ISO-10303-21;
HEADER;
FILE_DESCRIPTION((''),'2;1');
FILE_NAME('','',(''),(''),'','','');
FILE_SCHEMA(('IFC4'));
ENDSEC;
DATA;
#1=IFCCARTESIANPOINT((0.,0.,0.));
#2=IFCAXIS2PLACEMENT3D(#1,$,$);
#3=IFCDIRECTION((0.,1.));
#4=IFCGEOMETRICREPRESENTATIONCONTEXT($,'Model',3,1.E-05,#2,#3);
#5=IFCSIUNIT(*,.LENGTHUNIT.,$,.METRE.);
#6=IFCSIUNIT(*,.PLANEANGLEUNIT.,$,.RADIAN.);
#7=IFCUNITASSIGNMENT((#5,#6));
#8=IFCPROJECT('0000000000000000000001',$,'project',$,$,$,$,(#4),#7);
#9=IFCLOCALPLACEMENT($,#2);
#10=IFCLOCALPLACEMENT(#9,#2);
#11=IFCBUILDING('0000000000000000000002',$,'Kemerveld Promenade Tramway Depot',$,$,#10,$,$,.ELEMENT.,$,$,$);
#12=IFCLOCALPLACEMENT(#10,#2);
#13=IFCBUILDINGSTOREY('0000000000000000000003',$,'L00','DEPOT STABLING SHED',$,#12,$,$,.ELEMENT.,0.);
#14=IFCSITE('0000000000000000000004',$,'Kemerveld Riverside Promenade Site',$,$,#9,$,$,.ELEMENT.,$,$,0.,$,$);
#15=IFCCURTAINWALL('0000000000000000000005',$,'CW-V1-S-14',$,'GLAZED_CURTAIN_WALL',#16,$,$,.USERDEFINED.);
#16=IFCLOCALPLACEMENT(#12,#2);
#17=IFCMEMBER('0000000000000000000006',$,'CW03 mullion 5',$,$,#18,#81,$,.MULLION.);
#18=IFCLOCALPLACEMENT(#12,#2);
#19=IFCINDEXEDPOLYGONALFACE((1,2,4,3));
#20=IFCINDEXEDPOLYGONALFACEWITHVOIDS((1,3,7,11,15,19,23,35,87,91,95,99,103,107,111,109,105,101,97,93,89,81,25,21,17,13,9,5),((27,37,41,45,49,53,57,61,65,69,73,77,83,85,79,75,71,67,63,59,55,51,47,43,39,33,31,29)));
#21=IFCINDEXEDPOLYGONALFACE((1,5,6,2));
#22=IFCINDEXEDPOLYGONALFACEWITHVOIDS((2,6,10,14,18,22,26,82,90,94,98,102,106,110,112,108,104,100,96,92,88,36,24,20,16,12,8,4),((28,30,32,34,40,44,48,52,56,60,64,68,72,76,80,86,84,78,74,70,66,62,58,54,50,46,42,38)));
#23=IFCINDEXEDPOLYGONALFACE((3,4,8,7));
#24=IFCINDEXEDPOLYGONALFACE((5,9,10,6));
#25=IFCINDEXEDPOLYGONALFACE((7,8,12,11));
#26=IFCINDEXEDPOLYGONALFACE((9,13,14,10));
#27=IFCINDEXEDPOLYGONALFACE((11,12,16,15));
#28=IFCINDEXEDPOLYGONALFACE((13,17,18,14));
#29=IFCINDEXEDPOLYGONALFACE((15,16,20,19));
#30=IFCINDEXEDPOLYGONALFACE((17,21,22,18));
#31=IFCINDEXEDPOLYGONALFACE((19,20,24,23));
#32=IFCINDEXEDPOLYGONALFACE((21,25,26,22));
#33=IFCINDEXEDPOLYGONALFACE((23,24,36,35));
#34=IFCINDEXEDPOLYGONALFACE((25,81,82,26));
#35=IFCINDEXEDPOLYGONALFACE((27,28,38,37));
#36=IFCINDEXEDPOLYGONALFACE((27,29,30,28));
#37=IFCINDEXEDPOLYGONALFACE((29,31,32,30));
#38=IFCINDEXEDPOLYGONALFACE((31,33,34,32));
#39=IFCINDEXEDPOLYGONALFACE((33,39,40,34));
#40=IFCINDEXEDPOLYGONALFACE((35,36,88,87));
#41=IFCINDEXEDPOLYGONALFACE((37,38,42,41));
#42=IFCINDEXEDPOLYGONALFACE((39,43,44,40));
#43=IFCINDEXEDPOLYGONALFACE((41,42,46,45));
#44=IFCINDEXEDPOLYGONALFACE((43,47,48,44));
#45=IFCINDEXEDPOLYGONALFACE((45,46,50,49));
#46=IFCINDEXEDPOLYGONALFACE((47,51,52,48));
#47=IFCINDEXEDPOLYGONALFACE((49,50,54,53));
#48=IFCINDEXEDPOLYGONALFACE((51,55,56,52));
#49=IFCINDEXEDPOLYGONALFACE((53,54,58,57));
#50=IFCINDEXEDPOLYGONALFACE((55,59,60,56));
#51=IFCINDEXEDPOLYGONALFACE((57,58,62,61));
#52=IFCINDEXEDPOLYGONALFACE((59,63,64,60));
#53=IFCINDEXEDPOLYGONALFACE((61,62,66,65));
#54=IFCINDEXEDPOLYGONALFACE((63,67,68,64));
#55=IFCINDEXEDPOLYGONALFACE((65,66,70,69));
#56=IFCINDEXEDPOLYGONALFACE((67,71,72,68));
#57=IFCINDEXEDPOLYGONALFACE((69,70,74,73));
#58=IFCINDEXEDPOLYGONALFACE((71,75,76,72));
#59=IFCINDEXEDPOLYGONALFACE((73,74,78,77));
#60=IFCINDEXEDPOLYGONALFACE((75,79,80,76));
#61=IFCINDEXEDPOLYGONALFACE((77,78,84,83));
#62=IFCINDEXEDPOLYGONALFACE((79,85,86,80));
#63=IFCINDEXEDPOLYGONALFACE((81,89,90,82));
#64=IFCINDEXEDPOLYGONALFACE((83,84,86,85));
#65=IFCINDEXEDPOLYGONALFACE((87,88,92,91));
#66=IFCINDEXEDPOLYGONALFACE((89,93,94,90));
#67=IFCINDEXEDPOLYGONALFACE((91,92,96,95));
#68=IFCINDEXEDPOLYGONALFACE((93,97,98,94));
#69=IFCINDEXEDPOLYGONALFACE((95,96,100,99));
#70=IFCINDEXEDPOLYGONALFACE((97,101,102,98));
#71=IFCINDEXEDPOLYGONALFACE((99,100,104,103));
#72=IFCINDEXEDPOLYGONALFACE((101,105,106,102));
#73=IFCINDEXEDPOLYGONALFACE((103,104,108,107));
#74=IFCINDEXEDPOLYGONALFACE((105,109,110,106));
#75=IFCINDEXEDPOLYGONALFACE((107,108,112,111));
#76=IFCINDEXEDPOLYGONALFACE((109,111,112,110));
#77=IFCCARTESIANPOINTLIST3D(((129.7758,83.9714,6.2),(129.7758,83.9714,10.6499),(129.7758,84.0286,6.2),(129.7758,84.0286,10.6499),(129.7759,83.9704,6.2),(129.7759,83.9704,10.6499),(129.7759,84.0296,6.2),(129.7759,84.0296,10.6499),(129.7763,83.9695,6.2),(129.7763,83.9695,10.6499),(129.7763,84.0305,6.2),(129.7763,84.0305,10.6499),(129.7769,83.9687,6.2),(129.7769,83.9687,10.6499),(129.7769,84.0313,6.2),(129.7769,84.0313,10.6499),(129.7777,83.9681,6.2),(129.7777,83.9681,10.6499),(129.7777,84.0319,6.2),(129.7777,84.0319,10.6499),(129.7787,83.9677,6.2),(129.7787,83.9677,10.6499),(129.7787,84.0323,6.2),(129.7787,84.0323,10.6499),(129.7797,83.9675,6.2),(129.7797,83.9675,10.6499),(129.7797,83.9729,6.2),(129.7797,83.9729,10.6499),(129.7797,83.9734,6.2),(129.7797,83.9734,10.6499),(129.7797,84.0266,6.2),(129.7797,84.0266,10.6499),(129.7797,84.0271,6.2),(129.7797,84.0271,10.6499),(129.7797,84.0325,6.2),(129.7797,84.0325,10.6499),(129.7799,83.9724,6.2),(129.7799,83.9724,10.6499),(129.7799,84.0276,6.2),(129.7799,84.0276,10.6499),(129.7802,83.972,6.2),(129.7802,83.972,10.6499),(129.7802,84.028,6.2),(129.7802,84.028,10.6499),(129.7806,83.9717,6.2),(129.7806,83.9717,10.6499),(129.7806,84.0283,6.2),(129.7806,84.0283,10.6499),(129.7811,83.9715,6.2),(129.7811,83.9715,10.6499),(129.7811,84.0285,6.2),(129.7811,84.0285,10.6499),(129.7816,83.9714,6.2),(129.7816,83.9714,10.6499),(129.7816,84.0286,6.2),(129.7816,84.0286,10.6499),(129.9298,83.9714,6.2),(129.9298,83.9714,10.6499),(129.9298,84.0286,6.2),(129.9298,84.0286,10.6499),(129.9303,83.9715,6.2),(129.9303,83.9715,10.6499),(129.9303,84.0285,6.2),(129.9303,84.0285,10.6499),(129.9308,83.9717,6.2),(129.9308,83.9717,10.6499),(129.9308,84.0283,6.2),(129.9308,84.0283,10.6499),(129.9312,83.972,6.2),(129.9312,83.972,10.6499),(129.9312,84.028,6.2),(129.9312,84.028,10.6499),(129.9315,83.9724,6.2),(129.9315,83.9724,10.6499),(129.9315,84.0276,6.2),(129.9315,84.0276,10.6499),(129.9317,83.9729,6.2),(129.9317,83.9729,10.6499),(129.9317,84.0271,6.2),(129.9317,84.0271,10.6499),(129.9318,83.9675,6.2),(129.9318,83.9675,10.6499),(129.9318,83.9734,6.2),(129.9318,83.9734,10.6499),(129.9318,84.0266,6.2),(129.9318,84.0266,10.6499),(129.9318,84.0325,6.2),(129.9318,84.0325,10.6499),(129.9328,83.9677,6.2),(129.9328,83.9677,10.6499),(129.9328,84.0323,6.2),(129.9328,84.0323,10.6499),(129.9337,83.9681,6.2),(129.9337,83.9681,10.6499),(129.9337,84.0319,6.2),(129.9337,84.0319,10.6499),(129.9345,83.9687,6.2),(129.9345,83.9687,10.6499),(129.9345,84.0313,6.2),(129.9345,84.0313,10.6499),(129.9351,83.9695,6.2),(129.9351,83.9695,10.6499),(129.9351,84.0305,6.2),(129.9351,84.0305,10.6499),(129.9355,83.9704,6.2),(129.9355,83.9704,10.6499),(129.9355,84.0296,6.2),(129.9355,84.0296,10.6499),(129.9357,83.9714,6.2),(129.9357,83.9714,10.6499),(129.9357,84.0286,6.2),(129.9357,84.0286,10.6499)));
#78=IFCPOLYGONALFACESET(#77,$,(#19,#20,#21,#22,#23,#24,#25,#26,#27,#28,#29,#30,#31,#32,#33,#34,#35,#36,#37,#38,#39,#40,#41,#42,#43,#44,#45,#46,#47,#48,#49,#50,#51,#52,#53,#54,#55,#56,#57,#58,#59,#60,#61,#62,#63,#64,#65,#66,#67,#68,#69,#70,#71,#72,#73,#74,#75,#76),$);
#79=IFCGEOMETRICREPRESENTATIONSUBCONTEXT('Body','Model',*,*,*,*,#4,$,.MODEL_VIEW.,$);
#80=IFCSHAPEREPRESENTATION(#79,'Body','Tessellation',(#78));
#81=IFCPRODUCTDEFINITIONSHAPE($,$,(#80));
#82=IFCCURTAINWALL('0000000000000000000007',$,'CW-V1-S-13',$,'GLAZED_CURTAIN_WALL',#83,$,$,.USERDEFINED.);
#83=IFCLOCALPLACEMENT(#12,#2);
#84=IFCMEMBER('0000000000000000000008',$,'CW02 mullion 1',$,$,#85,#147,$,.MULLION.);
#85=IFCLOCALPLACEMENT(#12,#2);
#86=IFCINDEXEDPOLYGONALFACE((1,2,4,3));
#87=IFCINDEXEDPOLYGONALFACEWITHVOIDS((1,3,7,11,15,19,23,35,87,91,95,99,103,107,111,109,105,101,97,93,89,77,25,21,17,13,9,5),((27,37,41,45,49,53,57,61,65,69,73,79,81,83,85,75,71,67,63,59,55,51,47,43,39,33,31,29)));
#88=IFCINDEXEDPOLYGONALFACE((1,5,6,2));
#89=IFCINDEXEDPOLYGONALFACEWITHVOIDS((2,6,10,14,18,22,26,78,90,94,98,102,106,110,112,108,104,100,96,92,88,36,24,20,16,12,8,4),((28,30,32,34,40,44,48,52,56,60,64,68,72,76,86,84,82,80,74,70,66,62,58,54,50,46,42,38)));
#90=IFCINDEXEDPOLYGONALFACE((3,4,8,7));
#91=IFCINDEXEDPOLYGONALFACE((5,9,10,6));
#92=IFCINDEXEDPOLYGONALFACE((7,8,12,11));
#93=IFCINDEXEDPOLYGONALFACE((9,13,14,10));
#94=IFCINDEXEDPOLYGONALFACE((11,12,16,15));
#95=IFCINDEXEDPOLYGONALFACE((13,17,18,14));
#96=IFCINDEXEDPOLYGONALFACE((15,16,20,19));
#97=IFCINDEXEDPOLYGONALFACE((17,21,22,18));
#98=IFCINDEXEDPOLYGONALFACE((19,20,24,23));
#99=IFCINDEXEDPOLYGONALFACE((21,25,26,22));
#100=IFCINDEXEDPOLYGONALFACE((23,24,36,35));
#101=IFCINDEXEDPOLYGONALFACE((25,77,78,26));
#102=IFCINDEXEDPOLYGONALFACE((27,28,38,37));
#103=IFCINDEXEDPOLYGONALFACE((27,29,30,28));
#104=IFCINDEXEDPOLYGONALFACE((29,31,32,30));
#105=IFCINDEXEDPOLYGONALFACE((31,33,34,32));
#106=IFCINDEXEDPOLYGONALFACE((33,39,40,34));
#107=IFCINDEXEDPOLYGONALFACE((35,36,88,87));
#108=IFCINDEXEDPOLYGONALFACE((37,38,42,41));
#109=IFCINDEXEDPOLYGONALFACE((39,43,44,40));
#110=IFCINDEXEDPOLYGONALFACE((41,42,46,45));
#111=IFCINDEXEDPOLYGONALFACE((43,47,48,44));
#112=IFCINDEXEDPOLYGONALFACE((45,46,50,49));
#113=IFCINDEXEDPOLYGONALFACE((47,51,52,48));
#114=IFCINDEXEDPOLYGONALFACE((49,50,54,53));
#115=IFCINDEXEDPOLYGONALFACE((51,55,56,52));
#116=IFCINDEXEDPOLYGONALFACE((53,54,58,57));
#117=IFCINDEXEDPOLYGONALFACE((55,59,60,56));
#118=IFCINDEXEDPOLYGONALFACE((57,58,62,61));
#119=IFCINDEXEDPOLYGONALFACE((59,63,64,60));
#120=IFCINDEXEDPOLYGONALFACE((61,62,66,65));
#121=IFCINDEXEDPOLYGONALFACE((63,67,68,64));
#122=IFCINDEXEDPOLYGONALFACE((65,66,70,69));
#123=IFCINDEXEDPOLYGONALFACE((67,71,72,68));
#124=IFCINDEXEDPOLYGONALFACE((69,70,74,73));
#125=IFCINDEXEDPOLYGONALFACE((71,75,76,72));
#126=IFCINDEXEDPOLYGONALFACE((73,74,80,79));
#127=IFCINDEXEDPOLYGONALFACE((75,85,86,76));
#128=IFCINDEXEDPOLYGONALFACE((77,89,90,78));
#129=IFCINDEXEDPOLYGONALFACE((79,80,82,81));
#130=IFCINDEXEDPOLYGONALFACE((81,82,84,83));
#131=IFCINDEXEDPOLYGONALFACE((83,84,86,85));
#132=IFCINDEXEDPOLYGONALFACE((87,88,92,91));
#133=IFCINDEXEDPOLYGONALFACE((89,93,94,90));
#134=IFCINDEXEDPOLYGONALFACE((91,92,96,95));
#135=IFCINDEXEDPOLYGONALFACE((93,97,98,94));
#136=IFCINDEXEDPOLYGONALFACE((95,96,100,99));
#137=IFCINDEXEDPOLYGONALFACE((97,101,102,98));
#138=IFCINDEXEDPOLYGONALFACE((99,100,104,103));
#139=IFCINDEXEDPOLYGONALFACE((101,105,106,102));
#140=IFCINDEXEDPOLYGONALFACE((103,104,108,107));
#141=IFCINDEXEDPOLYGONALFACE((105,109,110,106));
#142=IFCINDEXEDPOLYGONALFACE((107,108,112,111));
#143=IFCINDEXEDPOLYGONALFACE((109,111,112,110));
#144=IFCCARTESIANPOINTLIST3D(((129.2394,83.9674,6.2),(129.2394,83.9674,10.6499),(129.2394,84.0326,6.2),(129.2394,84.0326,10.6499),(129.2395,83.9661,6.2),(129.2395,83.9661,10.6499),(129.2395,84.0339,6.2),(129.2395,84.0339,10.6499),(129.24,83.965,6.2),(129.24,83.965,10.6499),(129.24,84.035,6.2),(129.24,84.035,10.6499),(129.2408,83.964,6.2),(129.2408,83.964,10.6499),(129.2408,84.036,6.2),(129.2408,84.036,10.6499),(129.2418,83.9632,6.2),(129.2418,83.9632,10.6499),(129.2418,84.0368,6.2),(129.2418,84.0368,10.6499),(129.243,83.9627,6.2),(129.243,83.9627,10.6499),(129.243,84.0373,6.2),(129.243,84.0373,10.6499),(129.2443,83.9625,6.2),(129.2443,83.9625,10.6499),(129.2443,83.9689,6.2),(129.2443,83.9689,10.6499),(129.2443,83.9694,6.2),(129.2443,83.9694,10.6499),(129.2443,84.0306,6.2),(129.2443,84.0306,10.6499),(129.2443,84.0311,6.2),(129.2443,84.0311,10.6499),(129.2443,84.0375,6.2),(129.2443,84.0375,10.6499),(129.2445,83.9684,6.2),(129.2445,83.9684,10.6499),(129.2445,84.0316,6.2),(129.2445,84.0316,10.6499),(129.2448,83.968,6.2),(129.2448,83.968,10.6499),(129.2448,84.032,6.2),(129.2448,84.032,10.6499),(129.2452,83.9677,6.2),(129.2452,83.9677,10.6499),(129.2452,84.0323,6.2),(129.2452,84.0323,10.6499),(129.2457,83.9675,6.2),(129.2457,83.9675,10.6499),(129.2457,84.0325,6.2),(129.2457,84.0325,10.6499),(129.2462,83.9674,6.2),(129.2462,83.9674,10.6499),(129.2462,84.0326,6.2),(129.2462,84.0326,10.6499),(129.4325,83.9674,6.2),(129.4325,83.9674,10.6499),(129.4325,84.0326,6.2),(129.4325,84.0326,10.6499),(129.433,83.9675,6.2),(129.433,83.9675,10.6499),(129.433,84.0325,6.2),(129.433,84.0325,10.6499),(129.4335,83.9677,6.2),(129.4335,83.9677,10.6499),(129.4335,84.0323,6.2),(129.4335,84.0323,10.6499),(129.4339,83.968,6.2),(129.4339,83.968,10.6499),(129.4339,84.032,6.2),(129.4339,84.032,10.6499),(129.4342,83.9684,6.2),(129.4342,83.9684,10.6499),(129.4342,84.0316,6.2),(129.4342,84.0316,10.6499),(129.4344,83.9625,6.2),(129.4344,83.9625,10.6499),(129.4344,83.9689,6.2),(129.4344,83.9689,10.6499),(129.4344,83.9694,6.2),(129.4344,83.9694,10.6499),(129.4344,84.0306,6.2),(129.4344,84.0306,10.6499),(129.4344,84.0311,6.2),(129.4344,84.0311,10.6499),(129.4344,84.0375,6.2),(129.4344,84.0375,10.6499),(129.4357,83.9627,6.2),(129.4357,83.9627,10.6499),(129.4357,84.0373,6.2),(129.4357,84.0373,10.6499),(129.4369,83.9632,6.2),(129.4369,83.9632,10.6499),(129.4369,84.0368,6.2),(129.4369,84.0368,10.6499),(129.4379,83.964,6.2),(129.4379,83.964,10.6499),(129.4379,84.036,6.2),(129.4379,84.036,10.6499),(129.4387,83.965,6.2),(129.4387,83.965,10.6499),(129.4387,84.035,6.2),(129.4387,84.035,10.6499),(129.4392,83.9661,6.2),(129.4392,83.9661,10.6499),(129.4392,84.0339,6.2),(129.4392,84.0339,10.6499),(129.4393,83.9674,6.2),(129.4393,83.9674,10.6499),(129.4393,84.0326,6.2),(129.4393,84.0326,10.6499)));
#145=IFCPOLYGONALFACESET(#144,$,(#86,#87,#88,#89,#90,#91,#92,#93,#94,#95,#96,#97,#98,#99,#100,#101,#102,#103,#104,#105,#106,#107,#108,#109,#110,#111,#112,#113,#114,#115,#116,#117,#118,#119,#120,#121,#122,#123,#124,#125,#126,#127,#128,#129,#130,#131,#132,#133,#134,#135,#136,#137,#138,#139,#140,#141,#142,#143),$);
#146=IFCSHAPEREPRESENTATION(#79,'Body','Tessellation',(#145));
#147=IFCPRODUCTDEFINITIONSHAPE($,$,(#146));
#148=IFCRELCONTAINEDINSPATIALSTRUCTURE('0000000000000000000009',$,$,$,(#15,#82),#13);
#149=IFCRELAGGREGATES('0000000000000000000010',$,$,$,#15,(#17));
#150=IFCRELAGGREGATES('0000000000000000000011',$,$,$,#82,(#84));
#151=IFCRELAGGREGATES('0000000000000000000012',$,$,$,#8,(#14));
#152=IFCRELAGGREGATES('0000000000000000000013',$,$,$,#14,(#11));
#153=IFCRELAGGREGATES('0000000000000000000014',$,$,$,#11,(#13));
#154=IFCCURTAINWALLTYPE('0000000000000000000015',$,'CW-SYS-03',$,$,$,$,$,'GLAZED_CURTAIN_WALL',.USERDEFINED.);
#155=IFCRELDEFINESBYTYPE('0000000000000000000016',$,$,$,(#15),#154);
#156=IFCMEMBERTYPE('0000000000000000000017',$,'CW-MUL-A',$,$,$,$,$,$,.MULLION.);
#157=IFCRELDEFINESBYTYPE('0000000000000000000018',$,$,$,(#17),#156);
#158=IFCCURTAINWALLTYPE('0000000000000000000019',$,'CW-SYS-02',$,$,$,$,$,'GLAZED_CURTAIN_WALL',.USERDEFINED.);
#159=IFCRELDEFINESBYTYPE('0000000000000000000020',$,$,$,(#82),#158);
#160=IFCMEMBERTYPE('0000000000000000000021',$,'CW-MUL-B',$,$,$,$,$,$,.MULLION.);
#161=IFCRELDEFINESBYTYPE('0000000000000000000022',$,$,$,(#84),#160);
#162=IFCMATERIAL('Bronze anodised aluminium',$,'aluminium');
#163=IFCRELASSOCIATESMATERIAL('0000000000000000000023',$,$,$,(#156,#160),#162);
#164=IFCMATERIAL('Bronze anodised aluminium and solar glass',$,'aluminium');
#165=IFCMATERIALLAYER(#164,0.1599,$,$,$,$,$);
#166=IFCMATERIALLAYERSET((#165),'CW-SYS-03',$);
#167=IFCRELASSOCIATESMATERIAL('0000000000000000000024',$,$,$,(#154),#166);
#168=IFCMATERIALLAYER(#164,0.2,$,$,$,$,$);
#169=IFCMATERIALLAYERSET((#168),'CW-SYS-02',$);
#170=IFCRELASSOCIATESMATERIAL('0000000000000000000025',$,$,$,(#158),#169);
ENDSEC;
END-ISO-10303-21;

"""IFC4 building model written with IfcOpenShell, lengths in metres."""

from ifc_helpers import new_model, si_unit, direction, frame, origin, origin_2d, place, context, subcontext, project, spatial, hollow_rectangle, extrude, material, layer, layer_set, material_profile, profile_set, type_object, element, aggregate, save


model = new_model("IFC4")

# Units and contexts
model_context = context("Model", 3, precision=1e-05, world=origin(), true_north=direction((0.0, 1.0)))
body_context = subcontext(model_context, "Body", "Model", "MODEL_VIEW")
ifc_project = project(units=[si_unit("LENGTHUNIT", "METRE"), si_unit("PLANEANGLEUNIT", "RADIAN")], contexts=[model_context])

# Site, building, storey
site_placement = place(None, origin())
site = spatial("IfcSite", under=ifc_project, at=site_placement, Name="Kemerveld Riverside Promenade Site", CompositionType="ELEMENT", RefElevation=0.0)
building_placement = place(site_placement, origin())
building = spatial("IfcBuilding", under=site, at=building_placement, Name="Kemerveld Promenade Tramway Depot", CompositionType="ELEMENT")
storey_placement = place(building_placement, origin())
storey = spatial("IfcBuildingStorey", under=building, at=storey_placement, Name="L00", Description="DEPOT STABLING SHED", CompositionType="ELEMENT", Elevation=0.0)

# Shared definitions
ifc_material_1 = material(Name="Bronze anodised aluminium and solar glass", Category="aluminium")
ifc_material_2 = material(Name="Bronze anodised aluminium", Category="aluminium")
ifc_material_profile_1 = material_profile(ifc_material_2, hollow_rectangle(XDim=0.0649, YDim=0.1599, WallThickness=0.0039, InnerFilletRadius=0.002, OuterFilletRadius=0.0039, at=origin_2d()), Name="CW-MUL-160x65")
ifc_profile_set_1 = profile_set([ifc_material_profile_1], Name="Bronze anodised aluminium")
member_type_1 = type_object("IfcMemberType", Name="CW-MUL-A", PredefinedType="MULLION", material=ifc_profile_set_1)

# Curtain wall, member
ifc_layer_1 = layer(ifc_material_1, 0.1599)
ifc_layer_set_1 = layer_set([ifc_layer_1], Name="CW-SYS-03")
curtain_wall_type_1 = type_object("IfcCurtainWallType", Name="CW-SYS-03", ElementType="GLAZED_CURTAIN_WALL", PredefinedType="USERDEFINED", material=ifc_layer_set_1)
curtain_wall_1_placement = place(storey_placement, origin())
curtain_wall_1 = element("IfcCurtainWall", 1, at=curtain_wall_1_placement, inside=storey, type_object=curtain_wall_type_1, Name="CW-V1-S-14", ObjectType="GLAZED_CURTAIN_WALL", PredefinedType="USERDEFINED")
member_1_placement = place(storey_placement, frame((129.8557, 84.0, 6.2), z_axis=(0.0, 0.0, 1.0), x_axis=(0.0, -1.0, 0.0)))
member_1 = element("IfcMember", 2, at=member_1_placement, type_object=member_type_1, Name="CW03 mullion 5", PredefinedType="MULLION", context=body_context, shape_type="SweptSolid", body=[
    extrude(hollow_rectangle(XDim=0.0649, YDim=0.1599, WallThickness=0.0039, InnerFilletRadius=0.002, OuterFilletRadius=0.0039, at=origin_2d()), origin(), (0.0, 0.0, 1.0), 4.45),
])
aggregate(curtain_wall_1, [member_1])

# Curtain wall, member
ifc_layer_2 = layer(ifc_material_1, 0.2)
ifc_layer_set_2 = layer_set([ifc_layer_2], Name="CW-SYS-02")
curtain_wall_type_2 = type_object("IfcCurtainWallType", Name="CW-SYS-02", ElementType="GLAZED_CURTAIN_WALL", PredefinedType="USERDEFINED", material=ifc_layer_set_2)
curtain_wall_2_placement = place(storey_placement, origin())
curtain_wall_2 = element("IfcCurtainWall", 3, at=curtain_wall_2_placement, inside=storey, type_object=curtain_wall_type_2, Name="CW-V1-S-13", ObjectType="GLAZED_CURTAIN_WALL", PredefinedType="USERDEFINED")
ifc_material_profile_2 = material_profile(ifc_material_2, hollow_rectangle(XDim=0.075, YDim=0.2, WallThickness=0.0049, InnerFilletRadius=0.002, OuterFilletRadius=0.0049, at=origin_2d()), Name="CW-MUL-200x75")
ifc_profile_set_2 = profile_set([ifc_material_profile_2], Name="Bronze anodised aluminium")
member_type_2 = type_object("IfcMemberType", Name="CW-MUL-B", PredefinedType="MULLION", material=ifc_profile_set_2)
member_2_placement = place(storey_placement, frame((129.3394, 84.0, 6.2), z_axis=(0.0, 0.0, 1.0), x_axis=(0.0, -1.0, 0.0)))
member_2 = element("IfcMember", 4, at=member_2_placement, type_object=member_type_2, Name="CW02 mullion 1", PredefinedType="MULLION", context=body_context, shape_type="SweptSolid", body=[
    extrude(hollow_rectangle(XDim=0.075, YDim=0.2, WallThickness=0.0049, InnerFilletRadius=0.002, OuterFilletRadius=0.0049, at=origin_2d()), origin(), (0.0, 0.0, 1.0), 4.45),
])

aggregate(curtain_wall_2, [member_2])

save(model, "model.ifc")
